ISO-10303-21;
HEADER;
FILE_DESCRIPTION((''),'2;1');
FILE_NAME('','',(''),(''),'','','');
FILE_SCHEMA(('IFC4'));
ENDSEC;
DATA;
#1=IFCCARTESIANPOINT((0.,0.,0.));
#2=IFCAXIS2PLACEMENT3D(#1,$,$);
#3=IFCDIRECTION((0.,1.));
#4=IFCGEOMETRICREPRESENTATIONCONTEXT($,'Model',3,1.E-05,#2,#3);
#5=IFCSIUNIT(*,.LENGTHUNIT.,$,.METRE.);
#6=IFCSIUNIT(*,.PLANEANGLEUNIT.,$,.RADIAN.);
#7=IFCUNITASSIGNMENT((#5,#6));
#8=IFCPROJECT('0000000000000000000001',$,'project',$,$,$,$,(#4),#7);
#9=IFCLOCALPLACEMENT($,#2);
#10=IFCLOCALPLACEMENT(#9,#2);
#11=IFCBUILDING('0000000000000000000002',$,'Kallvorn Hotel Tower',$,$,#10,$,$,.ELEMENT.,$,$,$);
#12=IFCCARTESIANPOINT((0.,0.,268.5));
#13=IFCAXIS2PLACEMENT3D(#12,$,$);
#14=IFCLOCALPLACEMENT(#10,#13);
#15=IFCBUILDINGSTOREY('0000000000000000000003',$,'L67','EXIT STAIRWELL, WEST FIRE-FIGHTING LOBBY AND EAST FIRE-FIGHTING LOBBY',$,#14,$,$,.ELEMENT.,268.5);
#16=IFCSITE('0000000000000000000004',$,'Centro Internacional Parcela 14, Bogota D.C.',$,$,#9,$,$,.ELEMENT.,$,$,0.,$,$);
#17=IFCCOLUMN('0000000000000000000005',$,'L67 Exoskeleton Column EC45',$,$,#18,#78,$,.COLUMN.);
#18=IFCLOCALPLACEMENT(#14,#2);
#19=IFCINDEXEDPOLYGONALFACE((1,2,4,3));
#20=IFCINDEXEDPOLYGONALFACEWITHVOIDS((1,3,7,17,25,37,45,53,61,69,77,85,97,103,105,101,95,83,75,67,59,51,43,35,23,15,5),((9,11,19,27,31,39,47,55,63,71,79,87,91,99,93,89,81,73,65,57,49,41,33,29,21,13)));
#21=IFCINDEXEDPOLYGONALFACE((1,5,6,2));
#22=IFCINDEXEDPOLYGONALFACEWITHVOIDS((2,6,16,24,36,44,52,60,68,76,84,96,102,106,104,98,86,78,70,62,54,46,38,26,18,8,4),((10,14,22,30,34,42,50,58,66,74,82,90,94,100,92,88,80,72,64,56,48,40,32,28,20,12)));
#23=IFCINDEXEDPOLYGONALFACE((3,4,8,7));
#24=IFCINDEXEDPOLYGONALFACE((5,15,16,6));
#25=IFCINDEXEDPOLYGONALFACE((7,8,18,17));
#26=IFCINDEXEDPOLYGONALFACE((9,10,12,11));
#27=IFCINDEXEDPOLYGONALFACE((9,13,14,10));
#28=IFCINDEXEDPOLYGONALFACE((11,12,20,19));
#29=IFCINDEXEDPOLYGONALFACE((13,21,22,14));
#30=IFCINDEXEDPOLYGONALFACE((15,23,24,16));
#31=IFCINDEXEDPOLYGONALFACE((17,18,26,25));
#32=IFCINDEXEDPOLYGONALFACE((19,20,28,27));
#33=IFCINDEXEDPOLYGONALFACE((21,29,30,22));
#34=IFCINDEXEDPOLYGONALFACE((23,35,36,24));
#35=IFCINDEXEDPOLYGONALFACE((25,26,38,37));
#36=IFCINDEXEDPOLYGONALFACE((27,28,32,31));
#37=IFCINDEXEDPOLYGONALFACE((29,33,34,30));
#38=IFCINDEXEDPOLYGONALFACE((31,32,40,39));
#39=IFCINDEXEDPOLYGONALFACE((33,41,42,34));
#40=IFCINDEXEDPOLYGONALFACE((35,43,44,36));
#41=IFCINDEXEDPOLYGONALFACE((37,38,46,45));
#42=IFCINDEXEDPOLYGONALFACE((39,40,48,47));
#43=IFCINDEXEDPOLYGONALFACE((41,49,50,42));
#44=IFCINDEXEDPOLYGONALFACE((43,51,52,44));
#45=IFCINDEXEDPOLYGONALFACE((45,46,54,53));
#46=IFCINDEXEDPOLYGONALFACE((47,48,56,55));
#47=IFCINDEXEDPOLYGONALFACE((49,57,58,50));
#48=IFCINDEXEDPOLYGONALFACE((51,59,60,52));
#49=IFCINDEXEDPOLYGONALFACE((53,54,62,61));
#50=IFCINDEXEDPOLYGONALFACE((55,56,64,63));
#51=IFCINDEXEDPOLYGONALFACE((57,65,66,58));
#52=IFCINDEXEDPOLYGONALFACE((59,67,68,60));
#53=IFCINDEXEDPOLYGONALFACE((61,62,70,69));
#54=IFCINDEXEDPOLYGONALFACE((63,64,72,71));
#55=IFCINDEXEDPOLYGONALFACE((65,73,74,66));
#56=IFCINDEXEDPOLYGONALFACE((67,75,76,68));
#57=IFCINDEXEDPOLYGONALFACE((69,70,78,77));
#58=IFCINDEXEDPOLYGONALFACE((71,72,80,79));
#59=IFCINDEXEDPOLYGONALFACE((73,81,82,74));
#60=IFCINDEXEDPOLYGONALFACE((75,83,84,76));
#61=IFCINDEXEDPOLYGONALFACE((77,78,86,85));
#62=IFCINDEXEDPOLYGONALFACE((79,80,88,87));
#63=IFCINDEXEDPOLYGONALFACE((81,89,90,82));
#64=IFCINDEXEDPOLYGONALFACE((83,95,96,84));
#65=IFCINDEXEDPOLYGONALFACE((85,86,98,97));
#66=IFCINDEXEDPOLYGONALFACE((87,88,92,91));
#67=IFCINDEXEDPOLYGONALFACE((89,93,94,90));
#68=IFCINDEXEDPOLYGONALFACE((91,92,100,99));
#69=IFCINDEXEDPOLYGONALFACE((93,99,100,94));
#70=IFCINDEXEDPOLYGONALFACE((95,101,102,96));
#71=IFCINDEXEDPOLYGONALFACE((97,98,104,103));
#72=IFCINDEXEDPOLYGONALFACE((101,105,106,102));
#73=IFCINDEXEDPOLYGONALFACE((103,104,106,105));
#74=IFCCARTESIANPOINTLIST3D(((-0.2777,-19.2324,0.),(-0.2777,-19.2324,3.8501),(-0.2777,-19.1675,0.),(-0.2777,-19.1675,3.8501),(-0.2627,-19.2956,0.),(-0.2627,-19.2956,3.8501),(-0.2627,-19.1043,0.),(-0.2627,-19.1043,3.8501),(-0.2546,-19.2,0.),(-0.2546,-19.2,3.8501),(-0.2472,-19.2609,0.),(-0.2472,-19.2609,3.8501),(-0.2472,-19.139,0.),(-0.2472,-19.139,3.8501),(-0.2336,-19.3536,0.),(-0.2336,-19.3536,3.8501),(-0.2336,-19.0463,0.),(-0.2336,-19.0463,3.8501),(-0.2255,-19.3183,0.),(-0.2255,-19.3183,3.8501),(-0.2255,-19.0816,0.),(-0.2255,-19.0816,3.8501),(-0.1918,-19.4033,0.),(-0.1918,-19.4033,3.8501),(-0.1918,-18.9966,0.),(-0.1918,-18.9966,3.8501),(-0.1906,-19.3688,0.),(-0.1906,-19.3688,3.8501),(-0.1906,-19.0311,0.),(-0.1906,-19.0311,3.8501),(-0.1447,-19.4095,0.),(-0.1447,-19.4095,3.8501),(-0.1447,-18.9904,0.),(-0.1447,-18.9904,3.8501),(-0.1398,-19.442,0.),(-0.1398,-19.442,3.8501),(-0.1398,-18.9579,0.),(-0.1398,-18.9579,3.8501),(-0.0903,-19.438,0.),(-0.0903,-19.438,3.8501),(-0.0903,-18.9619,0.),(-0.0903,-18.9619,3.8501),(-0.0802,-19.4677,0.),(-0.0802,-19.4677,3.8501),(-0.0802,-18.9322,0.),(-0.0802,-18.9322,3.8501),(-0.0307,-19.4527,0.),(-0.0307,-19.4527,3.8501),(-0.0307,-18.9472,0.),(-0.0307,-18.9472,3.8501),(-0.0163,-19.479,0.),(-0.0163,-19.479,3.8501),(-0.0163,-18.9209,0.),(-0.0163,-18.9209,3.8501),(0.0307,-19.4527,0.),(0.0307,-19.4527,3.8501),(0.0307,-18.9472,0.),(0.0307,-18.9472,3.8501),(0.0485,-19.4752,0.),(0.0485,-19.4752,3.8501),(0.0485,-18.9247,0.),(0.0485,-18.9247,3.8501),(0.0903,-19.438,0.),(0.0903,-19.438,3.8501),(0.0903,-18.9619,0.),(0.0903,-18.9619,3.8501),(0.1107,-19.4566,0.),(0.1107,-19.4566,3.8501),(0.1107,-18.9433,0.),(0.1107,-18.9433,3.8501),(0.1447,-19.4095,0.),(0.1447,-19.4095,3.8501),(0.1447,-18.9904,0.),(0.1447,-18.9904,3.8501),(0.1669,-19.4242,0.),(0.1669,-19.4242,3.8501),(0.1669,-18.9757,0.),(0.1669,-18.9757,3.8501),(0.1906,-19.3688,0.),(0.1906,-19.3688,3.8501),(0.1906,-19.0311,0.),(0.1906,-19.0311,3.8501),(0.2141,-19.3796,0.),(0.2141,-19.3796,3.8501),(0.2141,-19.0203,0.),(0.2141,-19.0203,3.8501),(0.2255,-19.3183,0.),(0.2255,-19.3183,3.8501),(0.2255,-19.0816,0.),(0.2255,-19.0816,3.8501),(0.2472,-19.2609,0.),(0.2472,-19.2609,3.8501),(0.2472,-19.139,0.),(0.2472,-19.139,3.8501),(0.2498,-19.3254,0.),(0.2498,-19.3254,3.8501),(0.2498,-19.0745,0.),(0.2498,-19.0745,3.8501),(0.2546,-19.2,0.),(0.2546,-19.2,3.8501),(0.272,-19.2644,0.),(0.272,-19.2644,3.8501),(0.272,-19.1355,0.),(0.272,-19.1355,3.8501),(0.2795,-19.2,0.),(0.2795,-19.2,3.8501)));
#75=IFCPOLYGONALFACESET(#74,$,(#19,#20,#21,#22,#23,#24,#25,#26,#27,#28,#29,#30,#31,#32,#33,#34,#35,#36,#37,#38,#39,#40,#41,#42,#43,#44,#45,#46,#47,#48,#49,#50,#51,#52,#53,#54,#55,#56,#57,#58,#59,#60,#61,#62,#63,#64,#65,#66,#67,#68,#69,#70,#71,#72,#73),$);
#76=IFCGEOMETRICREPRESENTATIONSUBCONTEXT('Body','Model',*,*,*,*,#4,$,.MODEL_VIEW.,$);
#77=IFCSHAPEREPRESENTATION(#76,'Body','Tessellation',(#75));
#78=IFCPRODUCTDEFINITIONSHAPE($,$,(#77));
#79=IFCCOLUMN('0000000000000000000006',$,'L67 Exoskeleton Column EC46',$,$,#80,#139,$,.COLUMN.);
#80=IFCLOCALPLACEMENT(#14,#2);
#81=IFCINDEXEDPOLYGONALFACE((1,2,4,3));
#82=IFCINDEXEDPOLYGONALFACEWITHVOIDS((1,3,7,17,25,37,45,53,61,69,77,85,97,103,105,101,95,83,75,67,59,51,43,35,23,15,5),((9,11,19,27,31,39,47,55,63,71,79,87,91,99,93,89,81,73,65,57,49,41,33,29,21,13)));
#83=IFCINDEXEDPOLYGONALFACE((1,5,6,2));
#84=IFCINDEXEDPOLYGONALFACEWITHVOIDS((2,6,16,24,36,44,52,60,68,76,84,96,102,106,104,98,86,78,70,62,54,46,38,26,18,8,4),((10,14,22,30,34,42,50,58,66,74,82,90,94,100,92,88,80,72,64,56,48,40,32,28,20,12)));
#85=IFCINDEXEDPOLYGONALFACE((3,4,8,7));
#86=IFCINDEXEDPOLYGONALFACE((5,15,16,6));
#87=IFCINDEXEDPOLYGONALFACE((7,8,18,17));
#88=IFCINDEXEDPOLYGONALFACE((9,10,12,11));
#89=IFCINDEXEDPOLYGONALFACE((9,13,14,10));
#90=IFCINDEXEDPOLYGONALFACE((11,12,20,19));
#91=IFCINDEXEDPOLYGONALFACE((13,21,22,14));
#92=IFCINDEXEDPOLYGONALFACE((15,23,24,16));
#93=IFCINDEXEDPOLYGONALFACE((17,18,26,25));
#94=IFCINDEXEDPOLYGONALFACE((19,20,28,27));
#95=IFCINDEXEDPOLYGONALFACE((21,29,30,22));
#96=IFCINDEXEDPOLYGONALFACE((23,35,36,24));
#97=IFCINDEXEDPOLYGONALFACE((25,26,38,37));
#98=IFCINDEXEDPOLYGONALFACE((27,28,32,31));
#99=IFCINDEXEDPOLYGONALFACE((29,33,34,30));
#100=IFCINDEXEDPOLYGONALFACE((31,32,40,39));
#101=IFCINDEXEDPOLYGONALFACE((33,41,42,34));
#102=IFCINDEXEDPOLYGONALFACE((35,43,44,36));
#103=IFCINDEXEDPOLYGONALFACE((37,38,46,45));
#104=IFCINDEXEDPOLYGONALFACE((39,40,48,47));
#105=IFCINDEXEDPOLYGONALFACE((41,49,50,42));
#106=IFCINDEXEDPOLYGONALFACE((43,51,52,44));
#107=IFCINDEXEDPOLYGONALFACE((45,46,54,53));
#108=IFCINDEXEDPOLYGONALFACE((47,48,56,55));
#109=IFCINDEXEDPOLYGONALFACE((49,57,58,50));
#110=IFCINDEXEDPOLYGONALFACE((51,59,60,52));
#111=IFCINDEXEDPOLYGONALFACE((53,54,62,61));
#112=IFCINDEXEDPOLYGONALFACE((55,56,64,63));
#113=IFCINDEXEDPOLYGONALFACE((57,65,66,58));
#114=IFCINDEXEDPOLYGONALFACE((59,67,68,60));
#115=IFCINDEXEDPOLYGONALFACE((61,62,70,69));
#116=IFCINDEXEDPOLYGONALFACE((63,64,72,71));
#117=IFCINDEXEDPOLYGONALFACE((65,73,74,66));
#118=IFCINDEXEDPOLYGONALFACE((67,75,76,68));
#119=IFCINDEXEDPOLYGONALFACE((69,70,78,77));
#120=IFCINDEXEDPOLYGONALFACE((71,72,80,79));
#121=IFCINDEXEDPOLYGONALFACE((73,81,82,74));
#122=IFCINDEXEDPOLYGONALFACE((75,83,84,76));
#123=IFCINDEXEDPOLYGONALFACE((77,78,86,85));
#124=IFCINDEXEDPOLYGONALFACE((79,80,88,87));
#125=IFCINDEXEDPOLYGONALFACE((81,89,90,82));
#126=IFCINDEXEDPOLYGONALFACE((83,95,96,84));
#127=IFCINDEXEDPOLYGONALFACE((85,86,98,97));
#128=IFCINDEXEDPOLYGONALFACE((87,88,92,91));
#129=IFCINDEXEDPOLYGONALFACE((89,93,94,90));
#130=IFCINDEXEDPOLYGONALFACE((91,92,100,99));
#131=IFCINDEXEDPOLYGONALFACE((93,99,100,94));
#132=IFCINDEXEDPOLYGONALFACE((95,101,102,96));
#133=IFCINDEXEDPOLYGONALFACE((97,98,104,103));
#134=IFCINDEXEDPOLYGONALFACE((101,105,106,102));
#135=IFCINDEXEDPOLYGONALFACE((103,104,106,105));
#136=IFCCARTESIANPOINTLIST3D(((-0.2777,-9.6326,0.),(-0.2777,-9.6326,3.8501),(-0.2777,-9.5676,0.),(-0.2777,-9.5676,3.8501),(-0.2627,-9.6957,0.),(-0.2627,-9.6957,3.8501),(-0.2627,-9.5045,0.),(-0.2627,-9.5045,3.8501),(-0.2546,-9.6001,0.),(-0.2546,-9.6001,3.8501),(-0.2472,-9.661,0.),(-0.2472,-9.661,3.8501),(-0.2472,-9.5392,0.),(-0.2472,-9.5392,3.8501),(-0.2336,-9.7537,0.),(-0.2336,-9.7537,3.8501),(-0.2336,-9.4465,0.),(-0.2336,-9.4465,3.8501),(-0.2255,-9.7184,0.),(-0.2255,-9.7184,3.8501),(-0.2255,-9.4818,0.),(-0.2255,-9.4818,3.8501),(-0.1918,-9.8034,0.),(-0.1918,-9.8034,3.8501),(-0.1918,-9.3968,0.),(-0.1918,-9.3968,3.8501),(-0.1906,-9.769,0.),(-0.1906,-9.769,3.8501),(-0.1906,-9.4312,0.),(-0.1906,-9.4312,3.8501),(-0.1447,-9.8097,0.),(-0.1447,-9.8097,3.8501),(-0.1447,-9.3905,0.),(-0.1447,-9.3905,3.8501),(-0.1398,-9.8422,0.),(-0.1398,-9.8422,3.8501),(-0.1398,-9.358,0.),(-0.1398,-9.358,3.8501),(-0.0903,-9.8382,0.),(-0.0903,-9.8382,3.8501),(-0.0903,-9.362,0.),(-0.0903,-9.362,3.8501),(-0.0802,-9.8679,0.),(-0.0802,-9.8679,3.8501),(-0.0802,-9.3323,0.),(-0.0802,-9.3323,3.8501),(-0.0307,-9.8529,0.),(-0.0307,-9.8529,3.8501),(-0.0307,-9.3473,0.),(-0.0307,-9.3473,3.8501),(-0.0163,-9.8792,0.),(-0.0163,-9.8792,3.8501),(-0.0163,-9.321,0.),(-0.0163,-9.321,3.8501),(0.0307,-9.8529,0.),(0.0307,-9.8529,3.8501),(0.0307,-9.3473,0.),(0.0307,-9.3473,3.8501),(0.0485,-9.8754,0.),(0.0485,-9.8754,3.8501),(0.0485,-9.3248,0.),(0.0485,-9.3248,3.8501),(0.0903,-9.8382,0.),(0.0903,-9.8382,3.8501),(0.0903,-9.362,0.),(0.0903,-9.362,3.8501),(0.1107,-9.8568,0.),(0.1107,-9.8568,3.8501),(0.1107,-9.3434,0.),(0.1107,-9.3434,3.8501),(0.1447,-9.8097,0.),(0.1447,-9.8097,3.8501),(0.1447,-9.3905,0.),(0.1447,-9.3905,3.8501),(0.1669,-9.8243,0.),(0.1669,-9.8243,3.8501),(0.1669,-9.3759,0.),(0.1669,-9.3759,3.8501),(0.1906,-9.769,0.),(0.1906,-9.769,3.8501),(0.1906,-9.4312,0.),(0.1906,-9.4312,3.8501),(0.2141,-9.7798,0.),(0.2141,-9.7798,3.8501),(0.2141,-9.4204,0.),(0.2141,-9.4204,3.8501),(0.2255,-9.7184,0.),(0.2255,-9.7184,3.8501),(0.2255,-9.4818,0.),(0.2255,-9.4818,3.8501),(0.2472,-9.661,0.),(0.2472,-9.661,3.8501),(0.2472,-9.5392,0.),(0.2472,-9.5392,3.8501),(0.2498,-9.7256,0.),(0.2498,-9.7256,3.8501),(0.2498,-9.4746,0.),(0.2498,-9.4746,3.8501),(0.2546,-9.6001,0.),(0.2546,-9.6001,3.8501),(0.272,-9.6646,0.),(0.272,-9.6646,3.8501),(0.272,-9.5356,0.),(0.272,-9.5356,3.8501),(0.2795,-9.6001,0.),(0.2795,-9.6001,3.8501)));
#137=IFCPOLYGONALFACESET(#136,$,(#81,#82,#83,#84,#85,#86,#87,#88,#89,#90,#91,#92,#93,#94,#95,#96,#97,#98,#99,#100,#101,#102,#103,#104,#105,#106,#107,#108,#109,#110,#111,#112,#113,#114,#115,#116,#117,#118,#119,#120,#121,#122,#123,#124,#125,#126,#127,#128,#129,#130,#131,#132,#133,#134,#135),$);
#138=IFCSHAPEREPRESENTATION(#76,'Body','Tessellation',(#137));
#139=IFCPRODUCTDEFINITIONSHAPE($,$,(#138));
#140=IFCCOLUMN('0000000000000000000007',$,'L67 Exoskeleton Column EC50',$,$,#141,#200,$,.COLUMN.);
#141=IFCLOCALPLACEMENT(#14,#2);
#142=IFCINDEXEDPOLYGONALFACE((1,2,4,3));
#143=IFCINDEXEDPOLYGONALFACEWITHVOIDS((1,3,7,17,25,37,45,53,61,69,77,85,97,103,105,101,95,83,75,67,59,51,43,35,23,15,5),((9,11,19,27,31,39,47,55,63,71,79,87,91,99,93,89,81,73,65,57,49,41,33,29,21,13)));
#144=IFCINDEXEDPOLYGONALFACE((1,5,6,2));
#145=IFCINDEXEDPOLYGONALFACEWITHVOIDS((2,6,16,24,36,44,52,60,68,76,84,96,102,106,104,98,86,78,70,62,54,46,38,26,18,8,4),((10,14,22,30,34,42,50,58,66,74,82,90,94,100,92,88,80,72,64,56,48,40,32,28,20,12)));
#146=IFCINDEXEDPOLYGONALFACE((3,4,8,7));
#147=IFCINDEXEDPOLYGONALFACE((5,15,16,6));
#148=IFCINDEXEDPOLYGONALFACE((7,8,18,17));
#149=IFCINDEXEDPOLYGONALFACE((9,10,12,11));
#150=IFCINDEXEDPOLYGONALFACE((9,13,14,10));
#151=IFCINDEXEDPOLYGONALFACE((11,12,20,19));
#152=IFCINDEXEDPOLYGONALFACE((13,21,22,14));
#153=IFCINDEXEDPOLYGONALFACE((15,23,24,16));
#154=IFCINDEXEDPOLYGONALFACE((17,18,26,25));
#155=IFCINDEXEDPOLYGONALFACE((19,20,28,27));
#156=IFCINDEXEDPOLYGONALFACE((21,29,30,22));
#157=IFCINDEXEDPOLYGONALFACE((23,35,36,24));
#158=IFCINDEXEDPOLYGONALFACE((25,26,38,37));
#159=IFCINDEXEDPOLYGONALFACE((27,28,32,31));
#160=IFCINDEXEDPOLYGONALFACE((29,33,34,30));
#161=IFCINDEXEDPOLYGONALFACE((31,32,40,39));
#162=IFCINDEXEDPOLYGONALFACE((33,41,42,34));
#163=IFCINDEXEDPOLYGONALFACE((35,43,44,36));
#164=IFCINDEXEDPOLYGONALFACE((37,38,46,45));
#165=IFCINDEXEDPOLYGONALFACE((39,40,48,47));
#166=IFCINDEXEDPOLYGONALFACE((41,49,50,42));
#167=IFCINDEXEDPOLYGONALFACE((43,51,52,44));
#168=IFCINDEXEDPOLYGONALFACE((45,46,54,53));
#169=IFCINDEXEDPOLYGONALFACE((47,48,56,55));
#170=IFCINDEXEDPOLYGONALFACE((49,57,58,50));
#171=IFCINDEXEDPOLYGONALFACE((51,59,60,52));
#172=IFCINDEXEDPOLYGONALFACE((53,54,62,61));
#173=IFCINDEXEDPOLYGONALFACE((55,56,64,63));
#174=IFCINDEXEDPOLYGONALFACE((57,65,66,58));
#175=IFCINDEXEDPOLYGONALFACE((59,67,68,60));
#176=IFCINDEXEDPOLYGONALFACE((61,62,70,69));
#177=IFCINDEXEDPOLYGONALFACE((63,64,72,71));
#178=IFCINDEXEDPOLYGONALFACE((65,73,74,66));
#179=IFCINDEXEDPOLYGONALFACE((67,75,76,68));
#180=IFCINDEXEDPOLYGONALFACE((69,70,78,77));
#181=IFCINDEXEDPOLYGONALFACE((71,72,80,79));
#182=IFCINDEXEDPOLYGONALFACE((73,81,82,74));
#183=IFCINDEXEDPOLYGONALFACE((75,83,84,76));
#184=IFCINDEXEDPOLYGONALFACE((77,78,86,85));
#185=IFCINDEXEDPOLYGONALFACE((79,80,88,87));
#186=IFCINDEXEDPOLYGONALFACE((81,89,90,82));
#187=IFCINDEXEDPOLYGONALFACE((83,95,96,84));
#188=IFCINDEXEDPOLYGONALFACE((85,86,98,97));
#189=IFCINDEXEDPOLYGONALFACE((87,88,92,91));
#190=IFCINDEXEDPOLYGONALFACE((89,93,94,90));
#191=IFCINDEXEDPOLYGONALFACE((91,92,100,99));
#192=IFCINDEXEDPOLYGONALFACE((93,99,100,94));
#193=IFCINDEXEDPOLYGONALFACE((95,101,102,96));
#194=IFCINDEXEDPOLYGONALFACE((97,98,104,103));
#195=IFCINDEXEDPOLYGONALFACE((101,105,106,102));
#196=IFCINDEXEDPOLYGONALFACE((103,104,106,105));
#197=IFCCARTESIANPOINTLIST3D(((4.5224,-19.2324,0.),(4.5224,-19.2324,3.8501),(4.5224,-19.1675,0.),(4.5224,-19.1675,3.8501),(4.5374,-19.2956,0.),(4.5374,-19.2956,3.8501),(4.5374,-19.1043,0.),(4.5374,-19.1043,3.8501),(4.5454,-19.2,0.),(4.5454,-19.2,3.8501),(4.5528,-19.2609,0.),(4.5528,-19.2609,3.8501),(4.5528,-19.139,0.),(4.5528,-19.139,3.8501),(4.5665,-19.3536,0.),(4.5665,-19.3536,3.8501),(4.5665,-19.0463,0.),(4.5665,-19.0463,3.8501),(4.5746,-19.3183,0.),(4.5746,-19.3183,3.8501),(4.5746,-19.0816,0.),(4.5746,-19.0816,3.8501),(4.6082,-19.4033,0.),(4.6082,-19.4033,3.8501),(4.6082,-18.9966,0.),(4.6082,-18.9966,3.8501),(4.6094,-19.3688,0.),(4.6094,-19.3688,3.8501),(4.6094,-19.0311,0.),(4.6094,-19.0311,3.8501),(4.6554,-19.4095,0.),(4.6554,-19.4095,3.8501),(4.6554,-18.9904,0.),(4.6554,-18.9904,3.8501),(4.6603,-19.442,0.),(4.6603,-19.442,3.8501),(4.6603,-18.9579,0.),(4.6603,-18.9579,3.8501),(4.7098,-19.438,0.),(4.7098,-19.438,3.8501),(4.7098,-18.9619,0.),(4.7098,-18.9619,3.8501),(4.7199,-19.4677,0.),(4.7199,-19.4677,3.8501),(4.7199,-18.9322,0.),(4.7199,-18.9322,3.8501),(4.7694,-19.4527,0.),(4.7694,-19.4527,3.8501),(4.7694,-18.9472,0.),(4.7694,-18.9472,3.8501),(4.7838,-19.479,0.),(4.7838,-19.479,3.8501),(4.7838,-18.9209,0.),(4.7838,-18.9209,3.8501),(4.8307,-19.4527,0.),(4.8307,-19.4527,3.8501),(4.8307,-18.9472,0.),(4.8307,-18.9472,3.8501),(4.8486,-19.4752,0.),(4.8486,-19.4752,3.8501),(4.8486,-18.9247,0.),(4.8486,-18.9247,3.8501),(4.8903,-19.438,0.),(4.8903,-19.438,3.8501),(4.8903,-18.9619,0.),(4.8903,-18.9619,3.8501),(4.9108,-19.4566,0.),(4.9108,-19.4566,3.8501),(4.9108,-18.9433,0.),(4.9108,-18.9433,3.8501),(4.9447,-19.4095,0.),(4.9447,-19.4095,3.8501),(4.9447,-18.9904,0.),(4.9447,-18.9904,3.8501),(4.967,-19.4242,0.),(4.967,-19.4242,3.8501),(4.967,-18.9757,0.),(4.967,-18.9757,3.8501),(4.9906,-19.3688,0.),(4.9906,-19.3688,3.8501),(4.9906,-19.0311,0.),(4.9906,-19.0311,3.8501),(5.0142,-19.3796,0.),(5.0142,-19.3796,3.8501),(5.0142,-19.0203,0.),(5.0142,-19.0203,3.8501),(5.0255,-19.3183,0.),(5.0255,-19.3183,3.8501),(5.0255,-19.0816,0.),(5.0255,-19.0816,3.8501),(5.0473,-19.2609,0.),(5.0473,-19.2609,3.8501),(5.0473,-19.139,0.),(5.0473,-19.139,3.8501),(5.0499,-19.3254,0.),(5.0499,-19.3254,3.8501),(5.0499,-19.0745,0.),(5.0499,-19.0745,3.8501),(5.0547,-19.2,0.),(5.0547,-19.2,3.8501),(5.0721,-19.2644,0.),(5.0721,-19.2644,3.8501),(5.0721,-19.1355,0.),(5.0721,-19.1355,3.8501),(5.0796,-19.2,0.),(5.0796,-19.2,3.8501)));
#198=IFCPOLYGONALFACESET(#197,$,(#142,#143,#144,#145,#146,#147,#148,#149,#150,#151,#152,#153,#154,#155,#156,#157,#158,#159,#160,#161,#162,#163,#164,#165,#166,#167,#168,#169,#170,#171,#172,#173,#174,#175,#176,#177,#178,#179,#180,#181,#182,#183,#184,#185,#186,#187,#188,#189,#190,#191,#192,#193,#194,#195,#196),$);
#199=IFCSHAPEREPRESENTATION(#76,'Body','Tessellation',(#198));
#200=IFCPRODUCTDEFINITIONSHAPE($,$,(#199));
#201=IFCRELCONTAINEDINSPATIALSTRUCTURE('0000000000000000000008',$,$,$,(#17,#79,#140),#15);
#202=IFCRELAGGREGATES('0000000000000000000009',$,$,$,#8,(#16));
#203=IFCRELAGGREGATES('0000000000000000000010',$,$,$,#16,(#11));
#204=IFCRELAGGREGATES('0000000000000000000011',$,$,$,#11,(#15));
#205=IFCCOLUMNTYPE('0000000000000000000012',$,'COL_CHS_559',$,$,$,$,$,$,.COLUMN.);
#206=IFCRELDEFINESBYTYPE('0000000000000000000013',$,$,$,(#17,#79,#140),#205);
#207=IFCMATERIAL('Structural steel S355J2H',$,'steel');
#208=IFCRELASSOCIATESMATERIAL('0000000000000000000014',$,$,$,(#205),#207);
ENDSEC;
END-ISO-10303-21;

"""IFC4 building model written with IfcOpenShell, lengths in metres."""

from ifc_helpers import new_model, si_unit, direction, frame, origin, origin_2d, place, context, subcontext, project, spatial, hollow_circle, extrude, material, material_profile, profile_set, type_object, element, save


model = new_model("IFC4")

# Units and contexts
model_context = context("Model", 3, precision=1e-05, world=origin(), true_north=direction((0.0, 1.0)))
body_context = subcontext(model_context, "Body", "Model", "MODEL_VIEW")
ifc_project = project(units=[si_unit("LENGTHUNIT", "METRE"), si_unit("PLANEANGLEUNIT", "RADIAN")], contexts=[model_context])

# Site, building, storey
site_placement = place(None, origin())
site = spatial("IfcSite", under=ifc_project, at=site_placement, Name="Centro Internacional Parcela 14, Bogota D.C.", CompositionType="ELEMENT", RefElevation=0.0)
building_placement = place(site_placement, origin())
building = spatial("IfcBuilding", under=site, at=building_placement, Name="Kallvorn Hotel Tower", CompositionType="ELEMENT")
storey_placement = place(building_placement, frame((0.0, 0.0, 268.5)))
storey = spatial("IfcBuildingStorey", under=building, at=storey_placement, Name="L67", Description="EXIT STAIRWELL, WEST FIRE-FIGHTING LOBBY AND EAST FIRE-FIGHTING LOBBY", CompositionType="ELEMENT", Elevation=268.5)

# Columns
ifc_material_1 = material(Name="Structural steel S355J2H", Category="steel")
ifc_material_profile_1 = material_profile(ifc_material_1, hollow_circle(Radius=0.2795, WallThickness=0.0249, at=origin_2d()), Name="CHS 559x25")
ifc_profile_set_1 = profile_set([ifc_material_profile_1], Name="Structural steel S355J2H")
column_type_1 = type_object("IfcColumnType", Name="COL_CHS_559", PredefinedType="COLUMN", material=ifc_profile_set_1)
for number, where, z_axis, x_axis, name in (
    (1, (0.0, -19.2, 0.0), (0.0, 0.0, 1.0), (1.0, 0.0, 0.0), "L67 Exoskeleton Column EC45"),
    (2, (0.0, -9.6001, 0.0), (0.0, 0.0, 1.0), (1.0, 0.0, 0.0), "L67 Exoskeleton Column EC46"),
    (3, (4.8, -19.2, 0.0), (0.0, 0.0, 1.0), (1.0, 0.0, 0.0), "L67 Exoskeleton Column EC50"),
):
    element("IfcColumn", number, at=place(storey_placement, frame(where, z_axis=z_axis, x_axis=x_axis)), inside=storey, type_object=column_type_1, Name=name, PredefinedType="COLUMN", context=body_context, shape_type="SweptSolid", body=[
        extrude(hollow_circle(Radius=0.2795, WallThickness=0.0249, at=origin_2d()), origin(), (0.0, 0.0, 1.0), 3.8501),
    ])

save(model, "model.ifc")
